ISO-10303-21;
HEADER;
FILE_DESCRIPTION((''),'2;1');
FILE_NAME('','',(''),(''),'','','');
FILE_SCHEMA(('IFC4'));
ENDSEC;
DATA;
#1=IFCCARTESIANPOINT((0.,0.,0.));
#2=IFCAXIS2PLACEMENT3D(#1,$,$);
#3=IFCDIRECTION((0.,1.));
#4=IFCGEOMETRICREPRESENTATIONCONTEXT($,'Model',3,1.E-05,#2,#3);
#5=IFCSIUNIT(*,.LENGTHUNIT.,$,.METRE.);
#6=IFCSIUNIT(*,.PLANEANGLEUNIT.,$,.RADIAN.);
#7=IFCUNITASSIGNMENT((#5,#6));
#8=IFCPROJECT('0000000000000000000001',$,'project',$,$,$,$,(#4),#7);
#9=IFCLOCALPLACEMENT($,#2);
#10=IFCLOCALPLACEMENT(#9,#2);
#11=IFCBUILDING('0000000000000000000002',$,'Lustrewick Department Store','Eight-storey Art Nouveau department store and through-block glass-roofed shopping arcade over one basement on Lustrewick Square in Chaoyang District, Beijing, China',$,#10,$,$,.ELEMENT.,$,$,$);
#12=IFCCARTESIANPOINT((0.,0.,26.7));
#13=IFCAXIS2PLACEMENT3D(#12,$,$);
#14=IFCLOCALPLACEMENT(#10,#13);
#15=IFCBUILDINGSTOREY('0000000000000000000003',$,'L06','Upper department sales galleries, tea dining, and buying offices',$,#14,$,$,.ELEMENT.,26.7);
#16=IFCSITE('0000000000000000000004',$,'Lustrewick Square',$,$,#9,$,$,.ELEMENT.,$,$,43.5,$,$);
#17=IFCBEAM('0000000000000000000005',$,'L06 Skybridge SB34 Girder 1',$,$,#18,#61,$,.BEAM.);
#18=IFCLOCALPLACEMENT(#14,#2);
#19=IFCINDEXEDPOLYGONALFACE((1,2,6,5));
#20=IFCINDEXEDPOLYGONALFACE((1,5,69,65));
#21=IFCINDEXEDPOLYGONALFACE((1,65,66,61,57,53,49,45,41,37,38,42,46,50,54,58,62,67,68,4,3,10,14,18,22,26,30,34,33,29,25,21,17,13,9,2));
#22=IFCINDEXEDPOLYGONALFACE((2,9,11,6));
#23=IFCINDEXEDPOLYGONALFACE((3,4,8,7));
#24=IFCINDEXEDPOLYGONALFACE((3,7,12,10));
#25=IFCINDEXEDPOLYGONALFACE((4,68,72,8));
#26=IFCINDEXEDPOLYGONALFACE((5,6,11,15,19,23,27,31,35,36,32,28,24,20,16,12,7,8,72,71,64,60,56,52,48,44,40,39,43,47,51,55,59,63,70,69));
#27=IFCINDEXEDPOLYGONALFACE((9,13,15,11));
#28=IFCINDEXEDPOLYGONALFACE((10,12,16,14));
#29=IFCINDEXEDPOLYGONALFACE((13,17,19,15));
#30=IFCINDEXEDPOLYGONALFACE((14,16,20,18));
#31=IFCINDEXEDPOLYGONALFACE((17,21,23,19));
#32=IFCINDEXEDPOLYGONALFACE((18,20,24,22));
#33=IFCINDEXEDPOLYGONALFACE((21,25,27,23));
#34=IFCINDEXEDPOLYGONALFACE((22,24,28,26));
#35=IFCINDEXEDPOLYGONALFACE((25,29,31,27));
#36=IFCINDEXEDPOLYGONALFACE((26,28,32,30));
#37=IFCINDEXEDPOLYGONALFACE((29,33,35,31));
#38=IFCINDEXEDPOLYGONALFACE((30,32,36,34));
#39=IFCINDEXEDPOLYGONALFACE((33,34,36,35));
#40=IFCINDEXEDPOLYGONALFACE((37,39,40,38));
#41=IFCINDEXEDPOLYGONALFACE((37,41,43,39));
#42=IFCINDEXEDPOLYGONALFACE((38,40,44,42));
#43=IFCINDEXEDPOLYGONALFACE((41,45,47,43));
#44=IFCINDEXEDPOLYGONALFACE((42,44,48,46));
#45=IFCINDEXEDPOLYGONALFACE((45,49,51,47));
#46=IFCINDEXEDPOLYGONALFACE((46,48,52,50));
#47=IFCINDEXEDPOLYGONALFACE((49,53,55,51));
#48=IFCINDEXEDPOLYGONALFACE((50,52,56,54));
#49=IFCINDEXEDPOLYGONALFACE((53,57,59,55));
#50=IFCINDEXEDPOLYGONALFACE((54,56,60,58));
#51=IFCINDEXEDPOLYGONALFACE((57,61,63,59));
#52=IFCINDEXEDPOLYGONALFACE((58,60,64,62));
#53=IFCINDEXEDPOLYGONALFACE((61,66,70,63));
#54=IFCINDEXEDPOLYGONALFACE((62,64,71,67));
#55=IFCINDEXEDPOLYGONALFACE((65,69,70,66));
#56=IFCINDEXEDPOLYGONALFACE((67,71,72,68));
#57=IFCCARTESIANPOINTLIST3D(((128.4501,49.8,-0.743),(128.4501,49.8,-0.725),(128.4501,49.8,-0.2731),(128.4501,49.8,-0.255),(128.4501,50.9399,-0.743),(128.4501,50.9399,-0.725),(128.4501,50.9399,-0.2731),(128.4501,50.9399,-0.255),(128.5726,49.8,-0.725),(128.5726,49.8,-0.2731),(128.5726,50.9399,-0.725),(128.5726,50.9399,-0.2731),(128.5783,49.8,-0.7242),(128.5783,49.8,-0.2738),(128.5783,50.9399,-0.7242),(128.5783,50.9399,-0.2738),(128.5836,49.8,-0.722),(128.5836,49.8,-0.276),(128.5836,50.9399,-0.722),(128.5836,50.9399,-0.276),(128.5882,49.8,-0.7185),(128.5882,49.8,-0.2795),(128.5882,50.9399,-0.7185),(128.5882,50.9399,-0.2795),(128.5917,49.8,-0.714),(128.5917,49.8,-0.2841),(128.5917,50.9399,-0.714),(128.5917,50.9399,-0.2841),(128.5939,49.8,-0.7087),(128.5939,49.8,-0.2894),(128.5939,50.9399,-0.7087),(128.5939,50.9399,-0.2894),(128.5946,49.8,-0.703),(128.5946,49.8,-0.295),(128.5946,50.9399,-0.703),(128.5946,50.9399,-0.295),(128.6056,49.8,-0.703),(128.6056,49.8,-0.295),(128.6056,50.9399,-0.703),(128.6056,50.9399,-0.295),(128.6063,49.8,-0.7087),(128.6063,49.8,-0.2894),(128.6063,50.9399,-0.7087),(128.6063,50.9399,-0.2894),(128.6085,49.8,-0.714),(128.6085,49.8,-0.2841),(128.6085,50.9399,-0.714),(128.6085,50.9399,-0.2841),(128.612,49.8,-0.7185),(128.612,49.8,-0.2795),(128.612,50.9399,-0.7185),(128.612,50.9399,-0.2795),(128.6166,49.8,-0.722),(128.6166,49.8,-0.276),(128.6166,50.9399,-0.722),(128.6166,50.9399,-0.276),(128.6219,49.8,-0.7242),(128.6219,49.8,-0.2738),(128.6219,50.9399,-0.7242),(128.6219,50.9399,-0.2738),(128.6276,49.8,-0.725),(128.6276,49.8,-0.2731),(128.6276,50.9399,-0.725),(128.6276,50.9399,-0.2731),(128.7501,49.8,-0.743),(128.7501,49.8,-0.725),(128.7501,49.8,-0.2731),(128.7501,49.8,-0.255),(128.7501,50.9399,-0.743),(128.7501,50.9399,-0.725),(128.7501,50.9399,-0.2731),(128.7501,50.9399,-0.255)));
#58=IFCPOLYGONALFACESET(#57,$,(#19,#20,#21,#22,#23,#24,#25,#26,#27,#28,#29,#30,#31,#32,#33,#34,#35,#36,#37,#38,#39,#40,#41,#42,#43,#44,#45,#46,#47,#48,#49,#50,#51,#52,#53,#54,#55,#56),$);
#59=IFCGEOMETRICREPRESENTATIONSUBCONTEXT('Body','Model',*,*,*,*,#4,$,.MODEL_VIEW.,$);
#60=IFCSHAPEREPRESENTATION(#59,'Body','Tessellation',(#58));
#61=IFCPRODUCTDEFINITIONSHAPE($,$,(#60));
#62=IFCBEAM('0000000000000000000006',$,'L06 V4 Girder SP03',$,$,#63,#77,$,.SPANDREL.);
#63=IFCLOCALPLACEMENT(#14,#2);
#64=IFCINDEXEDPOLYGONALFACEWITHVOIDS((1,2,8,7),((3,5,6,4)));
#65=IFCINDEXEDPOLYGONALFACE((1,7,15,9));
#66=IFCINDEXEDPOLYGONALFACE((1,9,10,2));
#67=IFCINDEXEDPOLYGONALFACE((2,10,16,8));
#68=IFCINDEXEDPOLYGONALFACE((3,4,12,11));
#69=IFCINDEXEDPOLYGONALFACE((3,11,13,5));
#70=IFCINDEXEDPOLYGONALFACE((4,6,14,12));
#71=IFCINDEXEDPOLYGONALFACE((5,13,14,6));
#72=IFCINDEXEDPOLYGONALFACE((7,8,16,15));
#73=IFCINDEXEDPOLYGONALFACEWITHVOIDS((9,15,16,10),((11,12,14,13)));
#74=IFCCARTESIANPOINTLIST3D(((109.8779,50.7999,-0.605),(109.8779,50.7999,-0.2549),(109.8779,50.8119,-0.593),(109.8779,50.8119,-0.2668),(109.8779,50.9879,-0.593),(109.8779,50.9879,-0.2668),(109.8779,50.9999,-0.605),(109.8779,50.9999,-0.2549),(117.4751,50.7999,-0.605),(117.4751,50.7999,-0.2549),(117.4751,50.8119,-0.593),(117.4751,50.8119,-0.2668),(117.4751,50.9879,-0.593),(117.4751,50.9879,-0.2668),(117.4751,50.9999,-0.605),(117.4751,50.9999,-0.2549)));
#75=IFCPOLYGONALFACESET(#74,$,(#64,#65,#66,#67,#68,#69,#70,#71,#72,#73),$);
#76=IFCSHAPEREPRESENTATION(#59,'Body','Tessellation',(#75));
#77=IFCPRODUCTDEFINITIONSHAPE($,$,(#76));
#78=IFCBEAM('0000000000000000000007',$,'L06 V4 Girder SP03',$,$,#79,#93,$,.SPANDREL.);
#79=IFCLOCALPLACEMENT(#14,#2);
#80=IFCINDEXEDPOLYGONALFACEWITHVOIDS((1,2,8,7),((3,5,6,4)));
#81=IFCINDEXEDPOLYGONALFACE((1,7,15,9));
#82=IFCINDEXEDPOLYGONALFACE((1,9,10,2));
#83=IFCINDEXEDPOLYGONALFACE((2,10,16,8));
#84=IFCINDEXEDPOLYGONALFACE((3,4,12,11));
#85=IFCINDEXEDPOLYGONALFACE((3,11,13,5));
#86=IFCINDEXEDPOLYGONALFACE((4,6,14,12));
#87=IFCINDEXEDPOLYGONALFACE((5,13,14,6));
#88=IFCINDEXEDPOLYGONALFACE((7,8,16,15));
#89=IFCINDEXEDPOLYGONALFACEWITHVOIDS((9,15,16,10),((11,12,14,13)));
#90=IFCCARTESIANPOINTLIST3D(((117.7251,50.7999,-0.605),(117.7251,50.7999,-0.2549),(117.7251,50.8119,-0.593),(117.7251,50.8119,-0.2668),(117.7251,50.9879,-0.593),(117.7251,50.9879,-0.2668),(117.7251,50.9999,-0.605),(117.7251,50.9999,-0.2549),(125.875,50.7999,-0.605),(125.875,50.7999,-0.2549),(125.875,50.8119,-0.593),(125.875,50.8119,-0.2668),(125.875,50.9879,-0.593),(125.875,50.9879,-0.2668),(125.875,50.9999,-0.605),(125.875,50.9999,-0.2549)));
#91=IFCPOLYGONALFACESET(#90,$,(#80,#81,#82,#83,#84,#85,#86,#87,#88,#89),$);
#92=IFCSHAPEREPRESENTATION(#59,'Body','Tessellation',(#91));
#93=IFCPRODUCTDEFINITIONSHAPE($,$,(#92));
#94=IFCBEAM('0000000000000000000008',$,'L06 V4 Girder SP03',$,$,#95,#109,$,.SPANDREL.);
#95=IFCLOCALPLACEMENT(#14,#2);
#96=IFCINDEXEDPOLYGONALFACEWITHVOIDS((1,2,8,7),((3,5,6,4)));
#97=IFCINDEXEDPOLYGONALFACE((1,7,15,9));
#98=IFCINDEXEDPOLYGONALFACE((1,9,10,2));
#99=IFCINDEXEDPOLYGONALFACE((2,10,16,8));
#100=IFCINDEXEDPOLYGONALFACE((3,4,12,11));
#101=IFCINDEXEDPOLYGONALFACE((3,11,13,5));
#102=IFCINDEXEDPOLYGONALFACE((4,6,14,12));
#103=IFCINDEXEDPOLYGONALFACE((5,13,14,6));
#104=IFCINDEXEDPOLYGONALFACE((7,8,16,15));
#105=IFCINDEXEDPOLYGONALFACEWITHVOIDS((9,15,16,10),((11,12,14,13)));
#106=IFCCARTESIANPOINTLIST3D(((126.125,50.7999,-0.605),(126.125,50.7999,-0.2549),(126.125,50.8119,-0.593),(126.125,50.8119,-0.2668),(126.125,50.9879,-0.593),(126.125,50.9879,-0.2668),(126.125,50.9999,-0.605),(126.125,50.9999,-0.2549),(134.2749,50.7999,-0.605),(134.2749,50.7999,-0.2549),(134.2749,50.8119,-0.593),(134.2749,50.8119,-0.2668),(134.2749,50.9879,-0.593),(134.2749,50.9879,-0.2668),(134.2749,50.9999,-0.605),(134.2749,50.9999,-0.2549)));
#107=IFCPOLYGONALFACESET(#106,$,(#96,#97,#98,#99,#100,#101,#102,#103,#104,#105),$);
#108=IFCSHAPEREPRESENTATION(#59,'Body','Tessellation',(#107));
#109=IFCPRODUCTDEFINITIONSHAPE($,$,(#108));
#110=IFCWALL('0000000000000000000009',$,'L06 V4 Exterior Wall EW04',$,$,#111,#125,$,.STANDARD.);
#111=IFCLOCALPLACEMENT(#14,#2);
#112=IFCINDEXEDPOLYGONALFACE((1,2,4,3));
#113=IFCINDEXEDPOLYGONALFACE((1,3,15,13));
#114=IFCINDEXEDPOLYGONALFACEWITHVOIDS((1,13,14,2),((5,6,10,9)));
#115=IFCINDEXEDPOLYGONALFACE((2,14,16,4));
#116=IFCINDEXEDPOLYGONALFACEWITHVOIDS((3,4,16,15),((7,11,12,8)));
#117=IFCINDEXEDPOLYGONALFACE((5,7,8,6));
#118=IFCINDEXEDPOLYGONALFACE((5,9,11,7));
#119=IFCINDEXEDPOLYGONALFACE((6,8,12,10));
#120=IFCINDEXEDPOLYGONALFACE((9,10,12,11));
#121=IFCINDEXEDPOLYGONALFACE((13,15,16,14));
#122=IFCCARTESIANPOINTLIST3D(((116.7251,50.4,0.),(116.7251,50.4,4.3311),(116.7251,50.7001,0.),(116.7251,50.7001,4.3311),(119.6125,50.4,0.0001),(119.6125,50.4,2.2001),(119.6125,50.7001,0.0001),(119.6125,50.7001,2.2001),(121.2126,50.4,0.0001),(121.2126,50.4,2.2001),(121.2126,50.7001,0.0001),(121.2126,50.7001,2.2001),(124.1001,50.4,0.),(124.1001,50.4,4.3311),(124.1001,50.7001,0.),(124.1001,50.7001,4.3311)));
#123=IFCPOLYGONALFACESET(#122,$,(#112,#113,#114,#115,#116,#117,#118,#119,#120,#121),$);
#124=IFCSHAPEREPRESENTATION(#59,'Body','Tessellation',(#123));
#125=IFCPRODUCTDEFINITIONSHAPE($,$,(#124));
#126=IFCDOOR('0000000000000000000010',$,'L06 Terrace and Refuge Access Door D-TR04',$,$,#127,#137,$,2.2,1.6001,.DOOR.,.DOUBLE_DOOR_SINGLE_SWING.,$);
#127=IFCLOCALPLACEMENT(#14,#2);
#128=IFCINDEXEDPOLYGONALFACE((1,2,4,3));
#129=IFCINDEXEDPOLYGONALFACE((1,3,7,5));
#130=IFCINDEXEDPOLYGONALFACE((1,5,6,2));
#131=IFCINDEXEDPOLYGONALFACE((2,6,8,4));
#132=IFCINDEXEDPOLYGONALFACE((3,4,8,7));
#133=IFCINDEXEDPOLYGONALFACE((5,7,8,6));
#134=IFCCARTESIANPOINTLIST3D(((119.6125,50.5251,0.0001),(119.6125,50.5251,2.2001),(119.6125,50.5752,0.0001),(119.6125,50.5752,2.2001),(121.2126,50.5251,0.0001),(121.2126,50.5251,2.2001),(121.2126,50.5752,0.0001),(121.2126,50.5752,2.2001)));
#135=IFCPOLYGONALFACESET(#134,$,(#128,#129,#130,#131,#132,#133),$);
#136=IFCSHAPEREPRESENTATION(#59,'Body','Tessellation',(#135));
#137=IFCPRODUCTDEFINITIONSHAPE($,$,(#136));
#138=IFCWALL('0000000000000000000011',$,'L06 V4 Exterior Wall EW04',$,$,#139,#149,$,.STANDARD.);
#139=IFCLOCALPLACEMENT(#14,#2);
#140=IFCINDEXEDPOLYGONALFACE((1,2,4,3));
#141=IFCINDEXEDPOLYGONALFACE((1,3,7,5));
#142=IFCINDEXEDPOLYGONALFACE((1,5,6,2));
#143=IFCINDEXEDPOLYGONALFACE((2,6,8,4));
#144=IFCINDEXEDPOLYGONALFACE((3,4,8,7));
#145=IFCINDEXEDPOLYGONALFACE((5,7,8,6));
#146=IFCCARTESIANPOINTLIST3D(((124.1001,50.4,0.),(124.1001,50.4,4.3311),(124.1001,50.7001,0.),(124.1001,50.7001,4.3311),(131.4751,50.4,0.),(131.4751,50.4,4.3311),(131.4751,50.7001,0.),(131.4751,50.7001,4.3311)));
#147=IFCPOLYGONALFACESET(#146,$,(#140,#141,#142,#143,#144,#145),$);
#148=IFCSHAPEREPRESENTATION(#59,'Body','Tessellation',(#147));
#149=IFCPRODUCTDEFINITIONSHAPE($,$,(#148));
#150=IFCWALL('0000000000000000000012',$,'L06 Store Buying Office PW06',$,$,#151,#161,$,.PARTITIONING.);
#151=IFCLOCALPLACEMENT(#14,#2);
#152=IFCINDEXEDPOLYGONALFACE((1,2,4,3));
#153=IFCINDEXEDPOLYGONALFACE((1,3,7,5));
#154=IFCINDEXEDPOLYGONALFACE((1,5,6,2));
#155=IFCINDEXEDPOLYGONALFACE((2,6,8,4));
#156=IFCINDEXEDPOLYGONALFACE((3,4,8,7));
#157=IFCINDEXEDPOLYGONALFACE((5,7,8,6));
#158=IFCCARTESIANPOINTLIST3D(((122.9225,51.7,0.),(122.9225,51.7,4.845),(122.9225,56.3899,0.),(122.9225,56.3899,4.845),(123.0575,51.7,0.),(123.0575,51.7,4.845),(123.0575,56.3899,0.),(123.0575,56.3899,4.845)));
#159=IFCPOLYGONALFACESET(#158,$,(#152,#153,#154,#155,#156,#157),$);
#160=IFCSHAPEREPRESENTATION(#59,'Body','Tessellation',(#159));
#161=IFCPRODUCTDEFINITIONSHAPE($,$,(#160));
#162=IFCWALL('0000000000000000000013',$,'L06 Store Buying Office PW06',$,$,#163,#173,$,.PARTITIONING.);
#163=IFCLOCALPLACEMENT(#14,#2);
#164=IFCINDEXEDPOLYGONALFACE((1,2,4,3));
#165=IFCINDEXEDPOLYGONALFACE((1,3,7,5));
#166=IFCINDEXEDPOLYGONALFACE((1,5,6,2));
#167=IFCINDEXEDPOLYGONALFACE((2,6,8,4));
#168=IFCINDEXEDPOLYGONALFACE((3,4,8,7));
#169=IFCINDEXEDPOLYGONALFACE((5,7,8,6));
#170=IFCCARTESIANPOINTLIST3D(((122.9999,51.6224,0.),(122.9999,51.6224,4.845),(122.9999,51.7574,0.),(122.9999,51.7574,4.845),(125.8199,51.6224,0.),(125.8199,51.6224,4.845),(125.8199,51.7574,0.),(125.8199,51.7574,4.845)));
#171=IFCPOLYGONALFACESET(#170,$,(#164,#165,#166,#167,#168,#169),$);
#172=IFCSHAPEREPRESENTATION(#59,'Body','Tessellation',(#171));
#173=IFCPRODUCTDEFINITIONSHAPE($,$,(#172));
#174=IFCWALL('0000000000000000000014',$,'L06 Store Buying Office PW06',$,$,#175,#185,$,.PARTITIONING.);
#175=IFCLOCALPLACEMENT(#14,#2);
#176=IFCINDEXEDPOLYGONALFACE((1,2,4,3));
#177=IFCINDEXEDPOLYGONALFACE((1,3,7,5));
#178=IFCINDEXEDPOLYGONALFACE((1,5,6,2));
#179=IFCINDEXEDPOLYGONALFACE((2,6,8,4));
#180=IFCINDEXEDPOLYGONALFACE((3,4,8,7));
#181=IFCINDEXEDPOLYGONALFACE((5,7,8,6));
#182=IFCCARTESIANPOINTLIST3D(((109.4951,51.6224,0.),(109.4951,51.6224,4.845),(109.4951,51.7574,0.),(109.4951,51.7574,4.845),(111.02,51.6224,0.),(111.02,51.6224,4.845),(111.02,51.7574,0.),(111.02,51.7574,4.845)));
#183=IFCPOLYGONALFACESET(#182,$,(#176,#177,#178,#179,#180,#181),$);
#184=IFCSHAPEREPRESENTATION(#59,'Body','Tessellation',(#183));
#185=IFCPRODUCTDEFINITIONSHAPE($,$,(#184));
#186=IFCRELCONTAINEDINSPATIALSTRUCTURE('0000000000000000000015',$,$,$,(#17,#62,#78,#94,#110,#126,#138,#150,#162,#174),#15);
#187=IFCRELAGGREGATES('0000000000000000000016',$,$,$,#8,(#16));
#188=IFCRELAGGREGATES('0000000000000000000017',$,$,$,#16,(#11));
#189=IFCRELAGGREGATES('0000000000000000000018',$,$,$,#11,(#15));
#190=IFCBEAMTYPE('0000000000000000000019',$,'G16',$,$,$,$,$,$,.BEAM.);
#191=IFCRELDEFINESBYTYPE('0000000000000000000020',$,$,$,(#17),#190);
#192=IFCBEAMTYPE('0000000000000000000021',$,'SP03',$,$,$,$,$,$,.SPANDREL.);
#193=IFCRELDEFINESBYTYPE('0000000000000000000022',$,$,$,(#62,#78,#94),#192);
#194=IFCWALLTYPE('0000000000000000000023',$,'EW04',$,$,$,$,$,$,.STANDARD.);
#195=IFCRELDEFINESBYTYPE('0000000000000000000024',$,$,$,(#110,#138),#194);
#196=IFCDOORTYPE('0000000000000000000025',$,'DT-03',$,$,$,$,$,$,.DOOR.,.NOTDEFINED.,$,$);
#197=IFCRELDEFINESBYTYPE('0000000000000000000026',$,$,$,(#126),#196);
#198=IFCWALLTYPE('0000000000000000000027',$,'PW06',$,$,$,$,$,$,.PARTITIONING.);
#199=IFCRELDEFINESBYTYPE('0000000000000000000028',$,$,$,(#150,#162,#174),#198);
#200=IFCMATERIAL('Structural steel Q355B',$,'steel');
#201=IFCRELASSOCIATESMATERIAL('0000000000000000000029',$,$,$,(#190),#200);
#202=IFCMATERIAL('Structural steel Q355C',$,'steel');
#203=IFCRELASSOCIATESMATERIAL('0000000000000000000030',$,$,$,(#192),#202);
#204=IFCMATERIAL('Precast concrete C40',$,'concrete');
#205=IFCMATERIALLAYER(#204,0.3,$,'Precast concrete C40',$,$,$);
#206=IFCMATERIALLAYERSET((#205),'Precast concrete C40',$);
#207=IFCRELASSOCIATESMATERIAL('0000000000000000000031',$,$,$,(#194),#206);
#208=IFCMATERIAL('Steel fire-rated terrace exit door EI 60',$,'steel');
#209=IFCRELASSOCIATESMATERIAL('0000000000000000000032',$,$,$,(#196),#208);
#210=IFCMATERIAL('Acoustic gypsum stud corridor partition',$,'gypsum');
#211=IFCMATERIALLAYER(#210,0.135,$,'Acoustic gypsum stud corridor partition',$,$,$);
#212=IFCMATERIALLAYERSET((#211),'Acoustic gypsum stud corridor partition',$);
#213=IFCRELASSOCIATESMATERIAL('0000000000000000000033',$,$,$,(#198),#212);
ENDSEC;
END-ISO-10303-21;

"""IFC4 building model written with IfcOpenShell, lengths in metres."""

from ifc_helpers import new_model, si_unit, direction, frame, frame_2d, origin, origin_2d, place, context, subcontext, project, spatial, rectangle, hollow_rectangle, i_section, extrude, material, layer, layer_set, material_profile, profile_set, type_object, element, fill, save


model = new_model("IFC4")

# Units and contexts
model_context = context("Model", 3, precision=1e-05, world=origin(), true_north=direction((0.0, 1.0)))
body_context = subcontext(model_context, "Body", "Model", "MODEL_VIEW")
ifc_project = project(units=[si_unit("LENGTHUNIT", "METRE"), si_unit("PLANEANGLEUNIT", "RADIAN")], contexts=[model_context])

# Site, building, storey
site_placement = place(None, origin())
site = spatial("IfcSite", under=ifc_project, at=site_placement, Name="Lustrewick Square", CompositionType="ELEMENT", RefElevation=43.5)
building_placement = place(site_placement, origin())
building = spatial("IfcBuilding", under=site, at=building_placement, Name="Lustrewick Department Store", Description="Eight-storey Art Nouveau department store and through-block glass-roofed shopping arcade over one basement on Lustrewick Square in Chaoyang District, Beijing, China", CompositionType="ELEMENT")
storey_placement = place(building_placement, frame((0.0, 0.0, 26.7)))
storey = spatial("IfcBuildingStorey", under=building, at=storey_placement, Name="L06", Description="Upper department sales galleries, tea dining, and buying offices", CompositionType="ELEMENT", Elevation=26.7)

# Shared definitions
ifc_material_1 = material(Name="Structural steel Q355B", Category="steel")

# Beams
ifc_material_2 = material(Name="Structural steel Q355C", Category="steel")
ifc_material_profile_1 = material_profile(ifc_material_1, i_section(OverallWidth=0.3, OverallDepth=0.488, WebThickness=0.011, FlangeThickness=0.0181, FilletRadius=0.022, at=origin_2d()), Name="HM 488x300x11x18")
ifc_profile_set_1 = profile_set([ifc_material_profile_1], Name="Structural steel Q355B")
beam_type_1 = type_object("IfcBeamType", Name="G16", PredefinedType="BEAM", material=ifc_profile_set_1)
beam_1_placement = place(storey_placement, frame((128.6001, 49.8, -0.499), z_axis=(0.0, 1.0, 0.0), x_axis=(-1.0, 0.0, 0.0)))
element("IfcBeam", 1, at=beam_1_placement, inside=storey, type_object=beam_type_1, Name="L06 Skybridge SB34 Girder 1", PredefinedType="BEAM", context=body_context, shape_type="SweptSolid", body=[
    extrude(i_section(OverallWidth=0.3, OverallDepth=0.488, WebThickness=0.011, FlangeThickness=0.0181, FilletRadius=0.022, at=origin_2d()), origin(), (0.0, 0.0, 1.0), 1.1399),
])
ifc_material_profile_2 = material_profile(ifc_material_2, hollow_rectangle(XDim=0.2, YDim=0.3501, WallThickness=0.012, at=origin_2d()), Name="RHS 350x200x12")
ifc_profile_set_2 = profile_set([ifc_material_profile_2], Name="Structural steel Q355C")
beam_type_2 = type_object("IfcBeamType", Name="SP03", PredefinedType="SPANDREL", material=ifc_profile_set_2)
beam_2_placement = place(storey_placement, frame((109.8779, 50.8999, -0.4299), z_axis=(1.0, 0.0, 0.0), x_axis=(0.0, 1.0, 0.0)))
element("IfcBeam", 2, at=beam_2_placement, inside=storey, type_object=beam_type_2, Name="L06 V4 Girder SP03", PredefinedType="SPANDREL", context=body_context, shape_type="SweptSolid", body=[
    extrude(hollow_rectangle(XDim=0.2, YDim=0.3501, WallThickness=0.012, at=origin_2d()), origin(), (0.0, 0.0, 1.0), 7.5972),
])
for number, where, z_axis, x_axis, name in (
    (3, (117.7251, 50.8999, -0.4299), (1.0, 0.0, 0.0), (0.0, 1.0, 0.0), "L06 V4 Girder SP03"),
    (4, (126.125, 50.8999, -0.4299), (1.0, 0.0, 0.0), (0.0, 1.0, 0.0), "L06 V4 Girder SP03"),
):
    element("IfcBeam", number, at=place(storey_placement, frame(where, z_axis=z_axis, x_axis=x_axis)), inside=storey, type_object=beam_type_2, Name=name, PredefinedType="SPANDREL", context=body_context, shape_type="SweptSolid", body=[
        extrude(hollow_rectangle(XDim=0.2, YDim=0.3501, WallThickness=0.012, at=origin_2d()), origin(), (0.0, 0.0, 1.0), 8.1499),
    ])

# Wall, opening, door
ifc_material_3 = material(Name="Precast concrete C40", Category="concrete")
ifc_layer_1 = layer(ifc_material_3, 0.3, Name="Precast concrete C40")
ifc_layer_set_1 = layer_set([ifc_layer_1], Name="Precast concrete C40")
wall_type_1 = type_object("IfcWallType", Name="EW04", PredefinedType="STANDARD", material=ifc_layer_set_1)
wall_1_placement = place(storey_placement, frame((116.7251, 50.55, 0.0), z_axis=(0.0, 0.0, 1.0), x_axis=(1.0, 0.0, 0.0)))
wall_1 = element("IfcWall", 5, at=wall_1_placement, inside=storey, type_object=wall_type_1, Name="L06 V4 Exterior Wall EW04", PredefinedType="STANDARD", context=body_context, shape_type="SweptSolid", body=[
    extrude(rectangle(XDim=7.375, YDim=0.3, at=frame_2d((3.6875, 0.0))), origin(), (0.0, 0.0, 1.0), 4.3311),
])
opening_1_placement = place(wall_1_placement, frame((2.8875, 0.0, 0.0)))
opening_1 = element("IfcOpeningElement", 6, at=opening_1_placement, cuts=wall_1, PredefinedType="OPENING", context=body_context, shape_type="SweptSolid", body=[
    extrude(rectangle(XDim=1.6001, YDim=2.2, at=frame_2d((0.8, 1.1001))), frame((0.0, 0.1602, 0.0), z_axis=(0.0, -1.0, 0.0), x_axis=(1.0, 0.0, 0.0)), (0.0, 0.0, 1.0), 0.3201),
])
ifc_material_4 = material(Name="Steel fire-rated terrace exit door EI 60", Category="steel")
door_type = type_object("IfcDoorType", Name="DT-03", OperationType="NOTDEFINED", PredefinedType="DOOR", material=ifc_material_4)
door_1_placement = place(opening_1_placement, frame((1.6001, 0.0, 0.0), z_axis=(0.0, 0.0, 1.0), x_axis=(-1.0, 0.0, 0.0)))
door_1 = element("IfcDoor", 7, at=door_1_placement, inside=storey, type_object=door_type, Name="L06 Terrace and Refuge Access Door D-TR04", OperationType="DOUBLE_DOOR_SINGLE_SWING", OverallHeight=2.2, OverallWidth=1.6001, PredefinedType="DOOR", context=body_context, shape_type="SweptSolid", body=[
    extrude(rectangle(XDim=1.6001, YDim=2.2, at=frame_2d((0.8, 1.1001))), frame((0.0, 0.0249, 0.0), z_axis=(0.0, -1.0, 0.0), x_axis=(1.0, 0.0, 0.0)), (0.0, 0.0, 1.0), 0.05),
])
fill(opening_1, door_1)

# Walls
wall_2_placement = place(storey_placement, frame((124.1001, 50.55, 0.0), z_axis=(0.0, 0.0, 1.0), x_axis=(1.0, 0.0, 0.0)))
element("IfcWall", 8, at=wall_2_placement, inside=storey, type_object=wall_type_1, Name="L06 V4 Exterior Wall EW04", PredefinedType="STANDARD", context=body_context, shape_type="SweptSolid", body=[
    extrude(rectangle(XDim=7.375, YDim=0.3, at=frame_2d((3.6875, 0.0))), origin(), (0.0, 0.0, 1.0), 4.3311),
])
ifc_material_5 = material(Name="Acoustic gypsum stud corridor partition", Category="gypsum")
ifc_layer_2 = layer(ifc_material_5, 0.135, Name="Acoustic gypsum stud corridor partition")
ifc_layer_set_2 = layer_set([ifc_layer_2], Name="Acoustic gypsum stud corridor partition")
wall_type_2 = type_object("IfcWallType", Name="PW06", PredefinedType="PARTITIONING", material=ifc_layer_set_2)
wall_3_placement = place(storey_placement, frame((122.99, 51.7, 0.0), z_axis=(0.0, 0.0, 1.0), x_axis=(0.0, 1.0, 0.0)))
element("IfcWall", 9, at=wall_3_placement, inside=storey, type_object=wall_type_2, Name="L06 Store Buying Office PW06", PredefinedType="PARTITIONING", context=body_context, shape_type="SweptSolid", body=[
    extrude(rectangle(XDim=4.6899, YDim=0.135, at=frame_2d((2.345, 0.0))), origin(), (0.0, 0.0, 1.0), 4.845),
])
wall_4_placement = place(storey_placement, frame((125.8201, 51.6899, 0.0), z_axis=(0.0, 0.0, 1.0), x_axis=(-1.0, 0.0, 0.0)))
element("IfcWall", 10, at=wall_4_placement, inside=storey, type_object=wall_type_2, Name="L06 Store Buying Office PW06", PredefinedType="PARTITIONING", context=body_context, shape_type="SweptSolid", body=[
    extrude(rectangle(XDim=2.8201, YDim=0.135, at=frame_2d((1.4102, 0.0))), origin(), (0.0, 0.0, 1.0), 4.845),
])
wall_5_placement = place(storey_placement, frame((111.02, 51.6899, 0.0), z_axis=(0.0, 0.0, 1.0), x_axis=(-1.0, 0.0, 0.0)))
element("IfcWall", 11, at=wall_5_placement, inside=storey, type_object=wall_type_2, Name="L06 Store Buying Office PW06", PredefinedType="PARTITIONING", context=body_context, shape_type="SweptSolid", body=[
    extrude(rectangle(XDim=1.5249, YDim=0.135, at=frame_2d((0.7625, 0.0))), origin(), (0.0, 0.0, 1.0), 4.845),
])

save(model, "model.ifc")
